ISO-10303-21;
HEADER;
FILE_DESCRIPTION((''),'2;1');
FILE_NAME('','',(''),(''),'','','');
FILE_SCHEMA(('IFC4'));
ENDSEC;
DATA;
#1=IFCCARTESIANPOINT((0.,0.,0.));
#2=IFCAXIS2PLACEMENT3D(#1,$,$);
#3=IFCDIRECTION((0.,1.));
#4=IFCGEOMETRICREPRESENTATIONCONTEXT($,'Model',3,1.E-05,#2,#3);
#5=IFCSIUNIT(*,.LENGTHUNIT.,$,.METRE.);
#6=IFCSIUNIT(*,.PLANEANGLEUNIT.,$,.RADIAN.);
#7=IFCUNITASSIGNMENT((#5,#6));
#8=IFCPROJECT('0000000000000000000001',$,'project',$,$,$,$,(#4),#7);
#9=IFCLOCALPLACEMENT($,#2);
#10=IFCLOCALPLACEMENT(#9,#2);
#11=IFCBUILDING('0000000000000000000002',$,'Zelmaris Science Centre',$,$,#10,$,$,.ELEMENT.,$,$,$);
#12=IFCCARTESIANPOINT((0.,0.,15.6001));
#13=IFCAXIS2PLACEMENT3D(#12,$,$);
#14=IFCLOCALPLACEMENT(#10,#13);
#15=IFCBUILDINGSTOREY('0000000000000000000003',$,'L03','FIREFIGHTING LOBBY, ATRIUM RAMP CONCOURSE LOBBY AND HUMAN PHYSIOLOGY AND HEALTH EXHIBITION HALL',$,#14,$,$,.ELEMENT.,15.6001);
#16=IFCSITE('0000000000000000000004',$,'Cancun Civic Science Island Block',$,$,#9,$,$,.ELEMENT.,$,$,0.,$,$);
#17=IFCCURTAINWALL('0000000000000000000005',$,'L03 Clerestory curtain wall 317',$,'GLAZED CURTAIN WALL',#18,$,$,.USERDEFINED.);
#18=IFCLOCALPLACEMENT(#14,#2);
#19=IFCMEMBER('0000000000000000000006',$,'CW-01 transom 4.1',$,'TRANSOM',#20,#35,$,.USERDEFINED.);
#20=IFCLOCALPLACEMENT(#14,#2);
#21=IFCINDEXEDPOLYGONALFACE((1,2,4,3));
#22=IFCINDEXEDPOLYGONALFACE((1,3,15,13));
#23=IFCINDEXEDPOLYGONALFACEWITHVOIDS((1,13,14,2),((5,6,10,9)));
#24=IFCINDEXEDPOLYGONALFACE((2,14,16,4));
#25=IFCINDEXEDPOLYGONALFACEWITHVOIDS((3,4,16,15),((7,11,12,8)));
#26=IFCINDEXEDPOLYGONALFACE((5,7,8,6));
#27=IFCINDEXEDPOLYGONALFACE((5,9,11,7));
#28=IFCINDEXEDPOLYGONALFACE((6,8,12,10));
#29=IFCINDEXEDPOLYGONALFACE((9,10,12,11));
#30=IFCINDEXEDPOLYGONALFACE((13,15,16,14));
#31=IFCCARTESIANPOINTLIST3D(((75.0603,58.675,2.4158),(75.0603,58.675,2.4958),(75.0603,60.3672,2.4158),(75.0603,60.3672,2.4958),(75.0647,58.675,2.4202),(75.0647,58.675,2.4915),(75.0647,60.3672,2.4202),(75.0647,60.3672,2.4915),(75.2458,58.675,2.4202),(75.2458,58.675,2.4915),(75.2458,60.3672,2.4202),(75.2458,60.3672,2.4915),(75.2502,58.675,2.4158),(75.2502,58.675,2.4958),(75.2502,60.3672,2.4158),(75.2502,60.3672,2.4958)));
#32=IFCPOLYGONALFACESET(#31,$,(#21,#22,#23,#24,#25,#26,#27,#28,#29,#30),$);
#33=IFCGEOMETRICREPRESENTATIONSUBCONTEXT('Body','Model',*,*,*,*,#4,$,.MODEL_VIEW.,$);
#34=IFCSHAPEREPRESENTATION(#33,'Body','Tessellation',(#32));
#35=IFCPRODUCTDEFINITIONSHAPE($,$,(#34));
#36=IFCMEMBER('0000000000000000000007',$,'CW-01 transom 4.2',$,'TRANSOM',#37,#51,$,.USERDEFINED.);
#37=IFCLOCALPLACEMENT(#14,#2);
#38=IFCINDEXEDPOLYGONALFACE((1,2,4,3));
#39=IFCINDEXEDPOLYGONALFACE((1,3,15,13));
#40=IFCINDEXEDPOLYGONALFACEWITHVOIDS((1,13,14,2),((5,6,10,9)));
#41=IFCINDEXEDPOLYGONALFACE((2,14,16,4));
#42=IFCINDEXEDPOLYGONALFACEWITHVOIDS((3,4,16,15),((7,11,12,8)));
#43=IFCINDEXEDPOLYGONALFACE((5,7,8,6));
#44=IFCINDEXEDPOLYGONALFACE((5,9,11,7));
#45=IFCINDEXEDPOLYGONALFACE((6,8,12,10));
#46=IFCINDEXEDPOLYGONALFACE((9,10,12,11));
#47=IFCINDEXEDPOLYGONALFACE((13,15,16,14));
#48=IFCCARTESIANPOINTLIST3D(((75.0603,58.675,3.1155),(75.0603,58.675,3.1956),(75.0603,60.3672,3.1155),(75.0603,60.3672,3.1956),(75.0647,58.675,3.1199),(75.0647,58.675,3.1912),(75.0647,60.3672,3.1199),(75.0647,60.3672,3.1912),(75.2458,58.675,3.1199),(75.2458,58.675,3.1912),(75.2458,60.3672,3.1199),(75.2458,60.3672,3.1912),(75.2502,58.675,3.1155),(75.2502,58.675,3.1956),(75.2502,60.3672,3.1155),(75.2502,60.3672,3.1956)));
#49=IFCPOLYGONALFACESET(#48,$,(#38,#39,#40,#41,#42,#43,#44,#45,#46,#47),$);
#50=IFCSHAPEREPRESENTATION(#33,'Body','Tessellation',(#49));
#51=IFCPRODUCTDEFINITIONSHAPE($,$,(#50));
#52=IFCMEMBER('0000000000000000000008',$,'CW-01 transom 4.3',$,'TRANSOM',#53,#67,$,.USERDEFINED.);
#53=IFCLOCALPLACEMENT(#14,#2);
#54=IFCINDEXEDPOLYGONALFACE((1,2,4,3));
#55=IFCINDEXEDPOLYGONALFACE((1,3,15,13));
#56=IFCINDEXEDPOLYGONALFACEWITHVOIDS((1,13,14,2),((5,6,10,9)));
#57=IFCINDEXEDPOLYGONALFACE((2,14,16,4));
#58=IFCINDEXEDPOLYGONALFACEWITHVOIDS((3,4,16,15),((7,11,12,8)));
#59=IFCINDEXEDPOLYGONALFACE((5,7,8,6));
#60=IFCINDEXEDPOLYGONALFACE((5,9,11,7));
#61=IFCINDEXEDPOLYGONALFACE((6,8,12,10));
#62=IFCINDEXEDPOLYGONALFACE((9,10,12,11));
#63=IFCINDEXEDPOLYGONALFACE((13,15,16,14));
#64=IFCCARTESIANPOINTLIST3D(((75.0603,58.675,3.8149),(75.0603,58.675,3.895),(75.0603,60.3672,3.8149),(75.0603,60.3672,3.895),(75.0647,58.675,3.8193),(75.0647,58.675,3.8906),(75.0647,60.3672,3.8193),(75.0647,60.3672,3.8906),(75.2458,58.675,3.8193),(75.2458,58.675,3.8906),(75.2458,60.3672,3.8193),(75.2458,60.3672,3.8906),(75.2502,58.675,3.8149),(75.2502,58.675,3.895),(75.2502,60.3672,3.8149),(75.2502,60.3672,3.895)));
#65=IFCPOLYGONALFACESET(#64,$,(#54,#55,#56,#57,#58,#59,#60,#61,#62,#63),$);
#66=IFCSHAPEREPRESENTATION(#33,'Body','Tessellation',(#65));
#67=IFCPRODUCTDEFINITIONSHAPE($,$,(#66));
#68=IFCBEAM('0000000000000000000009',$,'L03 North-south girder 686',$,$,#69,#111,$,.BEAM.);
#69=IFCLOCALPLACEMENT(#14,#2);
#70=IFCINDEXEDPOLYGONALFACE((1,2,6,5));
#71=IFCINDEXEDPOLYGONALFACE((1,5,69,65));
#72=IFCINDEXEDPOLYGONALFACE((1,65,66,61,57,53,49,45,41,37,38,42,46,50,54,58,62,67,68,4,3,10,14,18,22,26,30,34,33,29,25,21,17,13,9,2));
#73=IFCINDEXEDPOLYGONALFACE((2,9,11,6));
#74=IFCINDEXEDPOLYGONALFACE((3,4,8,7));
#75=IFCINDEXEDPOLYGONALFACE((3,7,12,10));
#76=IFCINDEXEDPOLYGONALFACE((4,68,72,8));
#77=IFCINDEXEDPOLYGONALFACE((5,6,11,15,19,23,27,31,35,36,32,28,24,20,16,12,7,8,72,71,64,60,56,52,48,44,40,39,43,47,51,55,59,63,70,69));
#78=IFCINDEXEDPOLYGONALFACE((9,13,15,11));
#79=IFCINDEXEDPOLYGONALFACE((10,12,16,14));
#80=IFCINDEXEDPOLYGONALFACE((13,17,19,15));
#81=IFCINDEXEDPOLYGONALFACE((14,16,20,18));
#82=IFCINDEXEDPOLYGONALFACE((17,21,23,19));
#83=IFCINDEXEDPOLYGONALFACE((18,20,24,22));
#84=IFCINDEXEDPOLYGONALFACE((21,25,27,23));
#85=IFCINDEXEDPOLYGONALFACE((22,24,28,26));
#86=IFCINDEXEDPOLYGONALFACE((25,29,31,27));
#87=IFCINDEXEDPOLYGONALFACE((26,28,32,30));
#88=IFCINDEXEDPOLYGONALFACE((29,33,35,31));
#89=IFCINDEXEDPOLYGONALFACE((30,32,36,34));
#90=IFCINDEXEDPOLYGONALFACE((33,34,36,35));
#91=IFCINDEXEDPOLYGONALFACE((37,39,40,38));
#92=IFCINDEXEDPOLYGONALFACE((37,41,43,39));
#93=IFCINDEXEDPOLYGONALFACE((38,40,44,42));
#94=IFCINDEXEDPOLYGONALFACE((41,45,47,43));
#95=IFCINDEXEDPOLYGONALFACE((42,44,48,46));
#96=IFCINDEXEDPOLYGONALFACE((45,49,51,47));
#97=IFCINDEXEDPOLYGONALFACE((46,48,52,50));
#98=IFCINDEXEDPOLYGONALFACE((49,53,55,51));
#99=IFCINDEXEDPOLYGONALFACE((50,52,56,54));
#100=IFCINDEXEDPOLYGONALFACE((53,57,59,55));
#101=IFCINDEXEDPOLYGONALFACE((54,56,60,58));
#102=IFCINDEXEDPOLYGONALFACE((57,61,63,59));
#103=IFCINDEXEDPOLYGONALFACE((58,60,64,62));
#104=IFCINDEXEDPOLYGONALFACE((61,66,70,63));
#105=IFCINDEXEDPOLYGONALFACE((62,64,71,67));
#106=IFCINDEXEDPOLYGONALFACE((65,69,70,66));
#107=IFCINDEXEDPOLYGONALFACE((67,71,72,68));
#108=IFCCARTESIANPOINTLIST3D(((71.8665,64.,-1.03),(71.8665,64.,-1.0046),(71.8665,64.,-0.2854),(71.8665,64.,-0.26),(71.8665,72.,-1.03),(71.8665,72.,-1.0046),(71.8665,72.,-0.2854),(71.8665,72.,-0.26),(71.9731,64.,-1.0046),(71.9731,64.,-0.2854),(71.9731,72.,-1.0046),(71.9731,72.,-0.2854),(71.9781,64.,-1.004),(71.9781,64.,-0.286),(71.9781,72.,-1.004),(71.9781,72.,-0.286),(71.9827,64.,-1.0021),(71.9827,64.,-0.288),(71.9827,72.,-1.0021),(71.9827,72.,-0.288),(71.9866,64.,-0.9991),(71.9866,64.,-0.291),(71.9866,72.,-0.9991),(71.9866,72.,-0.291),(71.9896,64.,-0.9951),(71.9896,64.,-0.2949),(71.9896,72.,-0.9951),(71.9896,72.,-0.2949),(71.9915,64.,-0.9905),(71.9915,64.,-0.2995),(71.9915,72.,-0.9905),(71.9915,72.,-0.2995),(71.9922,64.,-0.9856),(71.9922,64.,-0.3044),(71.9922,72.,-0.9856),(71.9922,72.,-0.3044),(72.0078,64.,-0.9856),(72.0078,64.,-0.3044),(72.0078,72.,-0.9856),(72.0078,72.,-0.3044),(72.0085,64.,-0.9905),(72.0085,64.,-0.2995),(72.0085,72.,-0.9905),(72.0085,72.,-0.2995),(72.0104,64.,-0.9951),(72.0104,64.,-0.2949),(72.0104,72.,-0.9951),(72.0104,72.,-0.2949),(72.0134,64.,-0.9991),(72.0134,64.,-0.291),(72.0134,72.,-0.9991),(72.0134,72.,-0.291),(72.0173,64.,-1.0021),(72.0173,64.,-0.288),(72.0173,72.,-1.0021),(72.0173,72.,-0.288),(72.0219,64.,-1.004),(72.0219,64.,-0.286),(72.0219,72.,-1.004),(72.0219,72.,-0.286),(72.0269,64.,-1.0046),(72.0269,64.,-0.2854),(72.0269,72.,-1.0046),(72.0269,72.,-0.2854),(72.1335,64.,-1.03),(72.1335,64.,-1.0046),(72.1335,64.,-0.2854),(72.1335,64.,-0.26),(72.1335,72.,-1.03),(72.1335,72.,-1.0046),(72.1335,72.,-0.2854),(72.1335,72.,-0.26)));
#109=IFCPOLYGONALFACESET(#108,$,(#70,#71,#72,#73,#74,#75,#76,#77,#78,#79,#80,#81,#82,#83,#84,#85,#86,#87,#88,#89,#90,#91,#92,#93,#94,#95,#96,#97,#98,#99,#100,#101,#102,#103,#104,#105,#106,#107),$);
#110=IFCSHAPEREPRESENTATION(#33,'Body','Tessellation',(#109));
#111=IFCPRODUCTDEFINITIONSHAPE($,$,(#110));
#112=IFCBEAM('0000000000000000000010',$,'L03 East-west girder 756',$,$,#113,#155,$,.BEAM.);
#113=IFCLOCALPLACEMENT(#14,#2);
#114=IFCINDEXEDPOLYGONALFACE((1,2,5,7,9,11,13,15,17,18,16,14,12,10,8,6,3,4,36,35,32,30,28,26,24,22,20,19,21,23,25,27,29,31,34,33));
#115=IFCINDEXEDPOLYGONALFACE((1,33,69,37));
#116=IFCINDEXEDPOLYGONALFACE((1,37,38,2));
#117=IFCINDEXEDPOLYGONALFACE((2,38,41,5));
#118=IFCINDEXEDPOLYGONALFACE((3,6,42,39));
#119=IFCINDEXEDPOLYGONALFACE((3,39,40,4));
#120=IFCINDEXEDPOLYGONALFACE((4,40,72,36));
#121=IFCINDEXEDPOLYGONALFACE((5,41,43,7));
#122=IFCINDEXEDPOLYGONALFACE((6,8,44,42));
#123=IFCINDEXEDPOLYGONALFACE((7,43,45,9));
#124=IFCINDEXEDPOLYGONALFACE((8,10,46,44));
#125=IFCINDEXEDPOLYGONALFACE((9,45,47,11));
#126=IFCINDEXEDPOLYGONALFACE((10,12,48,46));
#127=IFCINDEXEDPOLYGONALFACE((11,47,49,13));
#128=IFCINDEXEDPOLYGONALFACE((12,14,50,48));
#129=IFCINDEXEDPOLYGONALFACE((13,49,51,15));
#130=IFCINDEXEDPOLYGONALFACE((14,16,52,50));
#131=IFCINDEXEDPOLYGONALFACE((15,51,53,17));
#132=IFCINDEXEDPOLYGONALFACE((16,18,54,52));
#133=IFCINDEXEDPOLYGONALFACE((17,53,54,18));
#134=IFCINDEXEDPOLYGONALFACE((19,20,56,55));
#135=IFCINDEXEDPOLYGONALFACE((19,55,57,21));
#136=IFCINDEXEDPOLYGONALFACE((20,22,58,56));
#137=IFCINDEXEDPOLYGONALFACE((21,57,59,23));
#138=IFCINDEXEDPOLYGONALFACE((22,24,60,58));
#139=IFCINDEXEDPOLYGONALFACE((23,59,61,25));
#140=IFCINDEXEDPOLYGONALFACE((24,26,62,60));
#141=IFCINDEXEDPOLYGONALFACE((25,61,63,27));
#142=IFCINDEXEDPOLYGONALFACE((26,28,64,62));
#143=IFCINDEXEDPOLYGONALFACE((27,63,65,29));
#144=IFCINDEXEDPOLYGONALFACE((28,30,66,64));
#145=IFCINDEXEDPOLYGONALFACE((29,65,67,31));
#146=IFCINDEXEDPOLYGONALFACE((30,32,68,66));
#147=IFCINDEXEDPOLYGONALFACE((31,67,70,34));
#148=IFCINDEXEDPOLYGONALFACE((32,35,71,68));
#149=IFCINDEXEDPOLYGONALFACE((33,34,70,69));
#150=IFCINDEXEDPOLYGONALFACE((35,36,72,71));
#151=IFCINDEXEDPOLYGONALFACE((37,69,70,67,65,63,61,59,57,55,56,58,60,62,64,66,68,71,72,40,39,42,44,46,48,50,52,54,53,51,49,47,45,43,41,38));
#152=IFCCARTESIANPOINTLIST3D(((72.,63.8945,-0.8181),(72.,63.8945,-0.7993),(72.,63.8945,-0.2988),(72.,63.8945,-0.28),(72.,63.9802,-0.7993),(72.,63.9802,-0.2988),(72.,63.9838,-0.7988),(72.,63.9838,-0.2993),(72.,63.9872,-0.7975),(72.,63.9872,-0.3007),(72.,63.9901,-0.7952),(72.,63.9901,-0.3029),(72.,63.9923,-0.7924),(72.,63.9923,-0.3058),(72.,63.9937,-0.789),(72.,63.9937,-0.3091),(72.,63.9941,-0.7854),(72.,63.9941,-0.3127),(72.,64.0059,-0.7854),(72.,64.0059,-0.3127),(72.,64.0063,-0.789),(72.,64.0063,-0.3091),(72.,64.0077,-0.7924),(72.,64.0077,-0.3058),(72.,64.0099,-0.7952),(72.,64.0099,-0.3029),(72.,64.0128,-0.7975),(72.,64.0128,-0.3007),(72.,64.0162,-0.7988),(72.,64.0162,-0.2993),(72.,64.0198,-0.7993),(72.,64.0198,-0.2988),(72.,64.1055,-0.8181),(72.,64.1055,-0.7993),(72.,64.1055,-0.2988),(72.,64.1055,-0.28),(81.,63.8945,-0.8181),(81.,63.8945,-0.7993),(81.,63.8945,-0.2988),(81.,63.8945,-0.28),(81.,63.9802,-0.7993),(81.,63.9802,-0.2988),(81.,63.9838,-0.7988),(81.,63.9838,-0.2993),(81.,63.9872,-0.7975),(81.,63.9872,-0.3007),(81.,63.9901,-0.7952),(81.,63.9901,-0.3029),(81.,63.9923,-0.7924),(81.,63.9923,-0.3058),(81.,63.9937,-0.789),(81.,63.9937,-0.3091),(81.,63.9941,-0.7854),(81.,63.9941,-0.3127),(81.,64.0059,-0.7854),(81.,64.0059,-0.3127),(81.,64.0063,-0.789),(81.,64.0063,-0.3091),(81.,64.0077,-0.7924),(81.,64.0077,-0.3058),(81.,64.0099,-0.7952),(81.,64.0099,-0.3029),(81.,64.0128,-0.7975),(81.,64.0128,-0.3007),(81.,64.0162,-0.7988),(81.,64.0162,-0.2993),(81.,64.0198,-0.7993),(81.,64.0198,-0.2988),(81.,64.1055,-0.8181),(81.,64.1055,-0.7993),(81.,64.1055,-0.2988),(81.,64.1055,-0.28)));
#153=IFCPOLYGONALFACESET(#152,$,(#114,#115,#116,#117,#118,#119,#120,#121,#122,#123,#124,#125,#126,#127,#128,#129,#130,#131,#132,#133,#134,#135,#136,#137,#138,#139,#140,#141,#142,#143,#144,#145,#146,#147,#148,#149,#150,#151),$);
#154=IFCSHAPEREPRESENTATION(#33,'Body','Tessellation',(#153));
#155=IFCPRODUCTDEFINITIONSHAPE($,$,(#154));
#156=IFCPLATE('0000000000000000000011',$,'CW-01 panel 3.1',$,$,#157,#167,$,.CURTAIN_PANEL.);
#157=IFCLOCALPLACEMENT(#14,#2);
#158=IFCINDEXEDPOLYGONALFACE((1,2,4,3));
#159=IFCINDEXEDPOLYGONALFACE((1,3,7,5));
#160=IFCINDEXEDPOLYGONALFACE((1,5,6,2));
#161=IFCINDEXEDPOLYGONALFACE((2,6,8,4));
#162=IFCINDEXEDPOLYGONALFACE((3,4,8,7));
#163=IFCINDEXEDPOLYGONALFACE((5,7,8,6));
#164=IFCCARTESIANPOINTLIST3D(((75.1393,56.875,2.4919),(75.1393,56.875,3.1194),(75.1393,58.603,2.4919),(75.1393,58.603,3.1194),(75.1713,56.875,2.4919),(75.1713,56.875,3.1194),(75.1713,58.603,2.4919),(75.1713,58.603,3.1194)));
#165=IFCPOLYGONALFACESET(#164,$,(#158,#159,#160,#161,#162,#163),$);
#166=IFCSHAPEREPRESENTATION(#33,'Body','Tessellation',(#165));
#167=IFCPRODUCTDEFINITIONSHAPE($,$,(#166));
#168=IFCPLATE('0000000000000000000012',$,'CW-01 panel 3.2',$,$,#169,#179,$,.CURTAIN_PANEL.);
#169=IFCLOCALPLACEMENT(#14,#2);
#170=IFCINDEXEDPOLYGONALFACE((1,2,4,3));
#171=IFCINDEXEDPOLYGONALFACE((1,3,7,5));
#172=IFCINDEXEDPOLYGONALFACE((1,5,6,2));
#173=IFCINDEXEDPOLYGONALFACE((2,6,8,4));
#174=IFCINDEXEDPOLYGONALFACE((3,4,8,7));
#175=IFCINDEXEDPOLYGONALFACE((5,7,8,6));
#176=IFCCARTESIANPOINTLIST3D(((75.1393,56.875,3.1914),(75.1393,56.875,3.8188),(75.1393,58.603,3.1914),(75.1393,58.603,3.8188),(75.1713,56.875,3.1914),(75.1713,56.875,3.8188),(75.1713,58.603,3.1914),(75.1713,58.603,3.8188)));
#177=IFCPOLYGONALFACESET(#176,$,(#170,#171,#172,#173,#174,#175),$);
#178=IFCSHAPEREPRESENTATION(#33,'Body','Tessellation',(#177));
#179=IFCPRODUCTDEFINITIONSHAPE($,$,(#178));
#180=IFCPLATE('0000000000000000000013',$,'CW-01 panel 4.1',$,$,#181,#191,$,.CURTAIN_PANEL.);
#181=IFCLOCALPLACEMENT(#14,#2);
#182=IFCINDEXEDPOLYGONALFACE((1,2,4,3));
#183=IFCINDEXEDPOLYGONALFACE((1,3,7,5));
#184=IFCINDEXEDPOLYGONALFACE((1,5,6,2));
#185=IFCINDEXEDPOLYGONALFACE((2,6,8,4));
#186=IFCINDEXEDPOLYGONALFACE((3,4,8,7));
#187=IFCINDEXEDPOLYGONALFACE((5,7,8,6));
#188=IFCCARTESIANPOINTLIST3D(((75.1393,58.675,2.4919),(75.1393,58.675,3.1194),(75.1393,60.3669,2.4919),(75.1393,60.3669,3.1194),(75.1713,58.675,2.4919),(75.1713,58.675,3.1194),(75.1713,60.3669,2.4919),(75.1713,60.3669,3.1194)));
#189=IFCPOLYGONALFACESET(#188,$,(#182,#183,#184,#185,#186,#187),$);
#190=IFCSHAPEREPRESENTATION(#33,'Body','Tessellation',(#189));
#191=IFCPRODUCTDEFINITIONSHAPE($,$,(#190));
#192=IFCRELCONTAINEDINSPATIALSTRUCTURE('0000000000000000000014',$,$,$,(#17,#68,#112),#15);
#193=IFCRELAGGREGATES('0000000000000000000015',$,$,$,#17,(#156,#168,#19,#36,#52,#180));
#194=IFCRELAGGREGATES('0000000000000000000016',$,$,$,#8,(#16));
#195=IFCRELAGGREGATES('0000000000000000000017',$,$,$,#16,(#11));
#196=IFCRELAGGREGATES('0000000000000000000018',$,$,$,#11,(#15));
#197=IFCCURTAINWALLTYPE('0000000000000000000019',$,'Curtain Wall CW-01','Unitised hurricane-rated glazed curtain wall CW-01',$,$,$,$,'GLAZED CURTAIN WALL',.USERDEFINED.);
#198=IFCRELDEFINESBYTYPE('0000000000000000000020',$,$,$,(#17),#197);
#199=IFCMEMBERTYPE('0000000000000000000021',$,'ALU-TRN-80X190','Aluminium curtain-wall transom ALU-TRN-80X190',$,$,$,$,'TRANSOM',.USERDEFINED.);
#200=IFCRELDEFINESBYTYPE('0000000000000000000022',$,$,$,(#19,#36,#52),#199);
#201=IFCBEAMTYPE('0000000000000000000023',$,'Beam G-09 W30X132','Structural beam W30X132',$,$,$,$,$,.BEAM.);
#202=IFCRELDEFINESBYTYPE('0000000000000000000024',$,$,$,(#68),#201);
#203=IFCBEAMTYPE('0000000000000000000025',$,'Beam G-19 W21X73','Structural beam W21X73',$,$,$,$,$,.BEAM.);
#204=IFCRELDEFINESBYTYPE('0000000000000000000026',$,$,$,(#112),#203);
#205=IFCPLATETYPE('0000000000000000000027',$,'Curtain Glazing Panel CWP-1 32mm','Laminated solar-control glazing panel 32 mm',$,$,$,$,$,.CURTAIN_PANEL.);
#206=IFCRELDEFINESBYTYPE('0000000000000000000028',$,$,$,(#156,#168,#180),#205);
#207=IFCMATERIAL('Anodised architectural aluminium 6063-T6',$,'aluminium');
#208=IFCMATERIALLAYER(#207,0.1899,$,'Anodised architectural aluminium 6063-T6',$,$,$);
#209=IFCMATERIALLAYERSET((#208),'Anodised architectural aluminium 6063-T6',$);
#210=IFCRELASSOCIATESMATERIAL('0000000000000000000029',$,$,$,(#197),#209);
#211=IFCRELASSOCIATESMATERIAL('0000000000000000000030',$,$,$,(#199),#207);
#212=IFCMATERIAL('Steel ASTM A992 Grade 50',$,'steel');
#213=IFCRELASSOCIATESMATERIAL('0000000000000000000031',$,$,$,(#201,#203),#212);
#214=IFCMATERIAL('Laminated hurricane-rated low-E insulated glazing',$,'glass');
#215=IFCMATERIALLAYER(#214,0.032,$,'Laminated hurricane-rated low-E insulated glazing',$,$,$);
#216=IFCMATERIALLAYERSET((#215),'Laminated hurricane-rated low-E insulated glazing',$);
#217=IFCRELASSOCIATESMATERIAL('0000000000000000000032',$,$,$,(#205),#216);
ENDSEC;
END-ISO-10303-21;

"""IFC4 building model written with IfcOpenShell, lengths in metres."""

from ifc_helpers import new_model, si_unit, direction, frame, origin, origin_2d, place, context, subcontext, project, spatial, rectangle, hollow_rectangle, i_section, extrude, material, layer, layer_set, material_profile, profile_set, type_object, element, aggregate, save


model = new_model("IFC4")

# Units and contexts
model_context = context("Model", 3, precision=1e-05, world=origin(), true_north=direction((0.0, 1.0)))
body_context = subcontext(model_context, "Body", "Model", "MODEL_VIEW")
ifc_project = project(units=[si_unit("LENGTHUNIT", "METRE"), si_unit("PLANEANGLEUNIT", "RADIAN")], contexts=[model_context])

# Site, building, storey
site_placement = place(None, origin())
site = spatial("IfcSite", under=ifc_project, at=site_placement, Name="Cancun Civic Science Island Block", CompositionType="ELEMENT", RefElevation=0.0)
building_placement = place(site_placement, origin())
building = spatial("IfcBuilding", under=site, at=building_placement, Name="Zelmaris Science Centre", CompositionType="ELEMENT")
storey_placement = place(building_placement, frame((0.0, 0.0, 15.6001)))
storey = spatial("IfcBuildingStorey", under=building, at=storey_placement, Name="L03", Description="FIREFIGHTING LOBBY, ATRIUM RAMP CONCOURSE LOBBY AND HUMAN PHYSIOLOGY AND HEALTH EXHIBITION HALL", CompositionType="ELEMENT", Elevation=15.6001)

# Shared definitions
ifc_material_1 = material(Name="Steel ASTM A992 Grade 50", Category="steel")

# Curtain wall, members
ifc_material_2 = material(Name="Anodised architectural aluminium 6063-T6", Category="aluminium")
ifc_layer_1 = layer(ifc_material_2, 0.1899, Name="Anodised architectural aluminium 6063-T6")
ifc_layer_set_1 = layer_set([ifc_layer_1], Name="Anodised architectural aluminium 6063-T6")
curtain_wall_type_1 = type_object("IfcCurtainWallType", Name="Curtain Wall CW-01", Description="Unitised hurricane-rated glazed curtain wall CW-01", ElementType="GLAZED CURTAIN WALL", PredefinedType="USERDEFINED", material=ifc_layer_set_1)
curtain_wall_1_placement = place(storey_placement, origin())
curtain_wall_1 = element("IfcCurtainWall", 1, at=curtain_wall_1_placement, inside=storey, type_object=curtain_wall_type_1, Name="L03 Clerestory curtain wall 317", ObjectType="GLAZED CURTAIN WALL", PredefinedType="USERDEFINED")
ifc_material_profile_1 = material_profile(ifc_material_2, hollow_rectangle(XDim=0.0801, YDim=0.1899, WallThickness=0.0044, at=origin_2d()), Name="ALU-TRN-80X190")
ifc_profile_set_1 = profile_set([ifc_material_profile_1], Name="Anodised architectural aluminium 6063-T6")
member_type_1 = type_object("IfcMemberType", Name="ALU-TRN-80X190", Description="Aluminium curtain-wall transom ALU-TRN-80X190", ElementType="TRANSOM", PredefinedType="USERDEFINED", material=ifc_profile_set_1)
member_1_placement = place(storey_placement, frame((75.1553, 58.675, 2.4558), z_axis=(0.0, 1.0, 0.0), x_axis=(0.0, 0.0, 1.0)))
member_1 = element("IfcMember", 2, at=member_1_placement, type_object=member_type_1, Name="CW-01 transom 4.1", ObjectType="TRANSOM", PredefinedType="USERDEFINED", context=body_context, shape_type="SweptSolid", body=[
    extrude(hollow_rectangle(XDim=0.0801, YDim=0.1899, WallThickness=0.0044, at=origin_2d()), origin(), (0.0, 0.0, 1.0), 1.6921),
])
member_2_placement = place(storey_placement, frame((75.1553, 58.675, 3.1555), z_axis=(0.0, 1.0, 0.0), x_axis=(0.0, 0.0, 1.0)))
member_2 = element("IfcMember", 3, at=member_2_placement, type_object=member_type_1, Name="CW-01 transom 4.2", ObjectType="TRANSOM", PredefinedType="USERDEFINED", context=body_context, shape_type="SweptSolid", body=[
    extrude(hollow_rectangle(XDim=0.0801, YDim=0.1899, WallThickness=0.0044, at=origin_2d()), origin(), (0.0, 0.0, 1.0), 1.6921),
])
member_3_placement = place(storey_placement, frame((75.1553, 58.675, 3.855), z_axis=(0.0, 1.0, 0.0), x_axis=(0.0, 0.0, 1.0)))
member_3 = element("IfcMember", 4, at=member_3_placement, type_object=member_type_1, Name="CW-01 transom 4.3", ObjectType="TRANSOM", PredefinedType="USERDEFINED", context=body_context, shape_type="SweptSolid", body=[
    extrude(hollow_rectangle(XDim=0.0801, YDim=0.1899, WallThickness=0.0044, at=origin_2d()), origin(), (0.0, 0.0, 1.0), 1.6921),
])

# Beams
ifc_material_profile_2 = material_profile(ifc_material_1, i_section(OverallWidth=0.2671, OverallDepth=0.77, WebThickness=0.0156, FlangeThickness=0.0254, FilletRadius=0.019, at=origin_2d()), Name="W30X132")
ifc_profile_set_2 = profile_set([ifc_material_profile_2], Name="Steel ASTM A992 Grade 50")
beam_type_1 = type_object("IfcBeamType", Name="Beam G-09 W30X132", Description="Structural beam W30X132", PredefinedType="BEAM", material=ifc_profile_set_2)
beam_1_placement = place(storey_placement, frame((72.0, 64.0, -0.645), z_axis=(0.0, 1.0, 0.0), x_axis=(-1.0, 0.0, 0.0)))
element("IfcBeam", 5, at=beam_1_placement, inside=storey, type_object=beam_type_1, Name="L03 North-south girder 686", PredefinedType="BEAM", context=body_context, shape_type="SweptSolid", body=[
    extrude(i_section(OverallWidth=0.2671, OverallDepth=0.77, WebThickness=0.0156, FlangeThickness=0.0254, FilletRadius=0.019, at=origin_2d()), origin(), (0.0, 0.0, 1.0), 8.0),
])
ifc_material_profile_3 = material_profile(ifc_material_1, i_section(OverallWidth=0.2109, OverallDepth=0.5381, WebThickness=0.0117, FlangeThickness=0.0188, FilletRadius=0.0139, at=origin_2d()), Name="W21X73")
ifc_profile_set_3 = profile_set([ifc_material_profile_3], Name="Steel ASTM A992 Grade 50")
beam_type_2 = type_object("IfcBeamType", Name="Beam G-19 W21X73", Description="Structural beam W21X73", PredefinedType="BEAM", material=ifc_profile_set_3)
beam_2_placement = place(storey_placement, frame((72.0, 64.0, -0.5491), z_axis=(1.0, 0.0, 0.0), x_axis=(0.0, 1.0, 0.0)))
element("IfcBeam", 6, at=beam_2_placement, inside=storey, type_object=beam_type_2, Name="L03 East-west girder 756", PredefinedType="BEAM", context=body_context, shape_type="SweptSolid", body=[
    extrude(i_section(OverallWidth=0.2109, OverallDepth=0.5381, WebThickness=0.0117, FlangeThickness=0.0188, FilletRadius=0.0139, at=origin_2d()), origin(), (0.0, 0.0, 1.0), 9.0),
])

# Plates
ifc_material_3 = material(Name="Laminated hurricane-rated low-E insulated glazing", Category="glass")
ifc_layer_2 = layer(ifc_material_3, 0.032, Name="Laminated hurricane-rated low-E insulated glazing")
ifc_layer_set_2 = layer_set([ifc_layer_2], Name="Laminated hurricane-rated low-E insulated glazing")
plate_type_1 = type_object("IfcPlateType", Name="Curtain Glazing Panel CWP-1 32mm", Description="Laminated solar-control glazing panel 32 mm", PredefinedType="CURTAIN_PANEL", material=ifc_layer_set_2)
plate_1_placement = place(storey_placement, frame((75.1553, 57.739, 2.4919), z_axis=(0.0, 0.0, 1.0), x_axis=(0.000009, 1.0, 0.0)))
plate_1 = element("IfcPlate", 7, at=plate_1_placement, type_object=plate_type_1, Name="CW-01 panel 3.1", PredefinedType="CURTAIN_PANEL", context=body_context, shape_type="SweptSolid", body=[
    extrude(rectangle(XDim=1.728, YDim=0.032, at=origin_2d()), origin(), (0.0, 0.0, 1.0), 0.6274),
])
plate_2_placement = place(storey_placement, frame((75.1553, 57.739, 3.1914), z_axis=(0.0, 0.0, 1.0), x_axis=(0.000009, 1.0, 0.0)))
plate_2 = element("IfcPlate", 8, at=plate_2_placement, type_object=plate_type_1, Name="CW-01 panel 3.2", PredefinedType="CURTAIN_PANEL", context=body_context, shape_type="SweptSolid", body=[
    extrude(rectangle(XDim=1.728, YDim=0.032, at=origin_2d()), origin(), (0.0, 0.0, 1.0), 0.6274),
])
plate_3_placement = place(storey_placement, frame((75.1553, 59.521, 2.4919), z_axis=(0.0, 0.0, 1.0), x_axis=(0.000009, 1.0, 0.0)))
plate_3 = element("IfcPlate", 9, at=plate_3_placement, type_object=plate_type_1, Name="CW-01 panel 4.1", PredefinedType="CURTAIN_PANEL", context=body_context, shape_type="SweptSolid", body=[
    extrude(rectangle(XDim=1.6919, YDim=0.032, at=origin_2d()), origin(), (0.0, 0.0, 1.0), 0.6274),
])
aggregate(curtain_wall_1, [plate_1, plate_2, member_1, member_2, member_3, plate_3])

save(model, "model.ifc")
